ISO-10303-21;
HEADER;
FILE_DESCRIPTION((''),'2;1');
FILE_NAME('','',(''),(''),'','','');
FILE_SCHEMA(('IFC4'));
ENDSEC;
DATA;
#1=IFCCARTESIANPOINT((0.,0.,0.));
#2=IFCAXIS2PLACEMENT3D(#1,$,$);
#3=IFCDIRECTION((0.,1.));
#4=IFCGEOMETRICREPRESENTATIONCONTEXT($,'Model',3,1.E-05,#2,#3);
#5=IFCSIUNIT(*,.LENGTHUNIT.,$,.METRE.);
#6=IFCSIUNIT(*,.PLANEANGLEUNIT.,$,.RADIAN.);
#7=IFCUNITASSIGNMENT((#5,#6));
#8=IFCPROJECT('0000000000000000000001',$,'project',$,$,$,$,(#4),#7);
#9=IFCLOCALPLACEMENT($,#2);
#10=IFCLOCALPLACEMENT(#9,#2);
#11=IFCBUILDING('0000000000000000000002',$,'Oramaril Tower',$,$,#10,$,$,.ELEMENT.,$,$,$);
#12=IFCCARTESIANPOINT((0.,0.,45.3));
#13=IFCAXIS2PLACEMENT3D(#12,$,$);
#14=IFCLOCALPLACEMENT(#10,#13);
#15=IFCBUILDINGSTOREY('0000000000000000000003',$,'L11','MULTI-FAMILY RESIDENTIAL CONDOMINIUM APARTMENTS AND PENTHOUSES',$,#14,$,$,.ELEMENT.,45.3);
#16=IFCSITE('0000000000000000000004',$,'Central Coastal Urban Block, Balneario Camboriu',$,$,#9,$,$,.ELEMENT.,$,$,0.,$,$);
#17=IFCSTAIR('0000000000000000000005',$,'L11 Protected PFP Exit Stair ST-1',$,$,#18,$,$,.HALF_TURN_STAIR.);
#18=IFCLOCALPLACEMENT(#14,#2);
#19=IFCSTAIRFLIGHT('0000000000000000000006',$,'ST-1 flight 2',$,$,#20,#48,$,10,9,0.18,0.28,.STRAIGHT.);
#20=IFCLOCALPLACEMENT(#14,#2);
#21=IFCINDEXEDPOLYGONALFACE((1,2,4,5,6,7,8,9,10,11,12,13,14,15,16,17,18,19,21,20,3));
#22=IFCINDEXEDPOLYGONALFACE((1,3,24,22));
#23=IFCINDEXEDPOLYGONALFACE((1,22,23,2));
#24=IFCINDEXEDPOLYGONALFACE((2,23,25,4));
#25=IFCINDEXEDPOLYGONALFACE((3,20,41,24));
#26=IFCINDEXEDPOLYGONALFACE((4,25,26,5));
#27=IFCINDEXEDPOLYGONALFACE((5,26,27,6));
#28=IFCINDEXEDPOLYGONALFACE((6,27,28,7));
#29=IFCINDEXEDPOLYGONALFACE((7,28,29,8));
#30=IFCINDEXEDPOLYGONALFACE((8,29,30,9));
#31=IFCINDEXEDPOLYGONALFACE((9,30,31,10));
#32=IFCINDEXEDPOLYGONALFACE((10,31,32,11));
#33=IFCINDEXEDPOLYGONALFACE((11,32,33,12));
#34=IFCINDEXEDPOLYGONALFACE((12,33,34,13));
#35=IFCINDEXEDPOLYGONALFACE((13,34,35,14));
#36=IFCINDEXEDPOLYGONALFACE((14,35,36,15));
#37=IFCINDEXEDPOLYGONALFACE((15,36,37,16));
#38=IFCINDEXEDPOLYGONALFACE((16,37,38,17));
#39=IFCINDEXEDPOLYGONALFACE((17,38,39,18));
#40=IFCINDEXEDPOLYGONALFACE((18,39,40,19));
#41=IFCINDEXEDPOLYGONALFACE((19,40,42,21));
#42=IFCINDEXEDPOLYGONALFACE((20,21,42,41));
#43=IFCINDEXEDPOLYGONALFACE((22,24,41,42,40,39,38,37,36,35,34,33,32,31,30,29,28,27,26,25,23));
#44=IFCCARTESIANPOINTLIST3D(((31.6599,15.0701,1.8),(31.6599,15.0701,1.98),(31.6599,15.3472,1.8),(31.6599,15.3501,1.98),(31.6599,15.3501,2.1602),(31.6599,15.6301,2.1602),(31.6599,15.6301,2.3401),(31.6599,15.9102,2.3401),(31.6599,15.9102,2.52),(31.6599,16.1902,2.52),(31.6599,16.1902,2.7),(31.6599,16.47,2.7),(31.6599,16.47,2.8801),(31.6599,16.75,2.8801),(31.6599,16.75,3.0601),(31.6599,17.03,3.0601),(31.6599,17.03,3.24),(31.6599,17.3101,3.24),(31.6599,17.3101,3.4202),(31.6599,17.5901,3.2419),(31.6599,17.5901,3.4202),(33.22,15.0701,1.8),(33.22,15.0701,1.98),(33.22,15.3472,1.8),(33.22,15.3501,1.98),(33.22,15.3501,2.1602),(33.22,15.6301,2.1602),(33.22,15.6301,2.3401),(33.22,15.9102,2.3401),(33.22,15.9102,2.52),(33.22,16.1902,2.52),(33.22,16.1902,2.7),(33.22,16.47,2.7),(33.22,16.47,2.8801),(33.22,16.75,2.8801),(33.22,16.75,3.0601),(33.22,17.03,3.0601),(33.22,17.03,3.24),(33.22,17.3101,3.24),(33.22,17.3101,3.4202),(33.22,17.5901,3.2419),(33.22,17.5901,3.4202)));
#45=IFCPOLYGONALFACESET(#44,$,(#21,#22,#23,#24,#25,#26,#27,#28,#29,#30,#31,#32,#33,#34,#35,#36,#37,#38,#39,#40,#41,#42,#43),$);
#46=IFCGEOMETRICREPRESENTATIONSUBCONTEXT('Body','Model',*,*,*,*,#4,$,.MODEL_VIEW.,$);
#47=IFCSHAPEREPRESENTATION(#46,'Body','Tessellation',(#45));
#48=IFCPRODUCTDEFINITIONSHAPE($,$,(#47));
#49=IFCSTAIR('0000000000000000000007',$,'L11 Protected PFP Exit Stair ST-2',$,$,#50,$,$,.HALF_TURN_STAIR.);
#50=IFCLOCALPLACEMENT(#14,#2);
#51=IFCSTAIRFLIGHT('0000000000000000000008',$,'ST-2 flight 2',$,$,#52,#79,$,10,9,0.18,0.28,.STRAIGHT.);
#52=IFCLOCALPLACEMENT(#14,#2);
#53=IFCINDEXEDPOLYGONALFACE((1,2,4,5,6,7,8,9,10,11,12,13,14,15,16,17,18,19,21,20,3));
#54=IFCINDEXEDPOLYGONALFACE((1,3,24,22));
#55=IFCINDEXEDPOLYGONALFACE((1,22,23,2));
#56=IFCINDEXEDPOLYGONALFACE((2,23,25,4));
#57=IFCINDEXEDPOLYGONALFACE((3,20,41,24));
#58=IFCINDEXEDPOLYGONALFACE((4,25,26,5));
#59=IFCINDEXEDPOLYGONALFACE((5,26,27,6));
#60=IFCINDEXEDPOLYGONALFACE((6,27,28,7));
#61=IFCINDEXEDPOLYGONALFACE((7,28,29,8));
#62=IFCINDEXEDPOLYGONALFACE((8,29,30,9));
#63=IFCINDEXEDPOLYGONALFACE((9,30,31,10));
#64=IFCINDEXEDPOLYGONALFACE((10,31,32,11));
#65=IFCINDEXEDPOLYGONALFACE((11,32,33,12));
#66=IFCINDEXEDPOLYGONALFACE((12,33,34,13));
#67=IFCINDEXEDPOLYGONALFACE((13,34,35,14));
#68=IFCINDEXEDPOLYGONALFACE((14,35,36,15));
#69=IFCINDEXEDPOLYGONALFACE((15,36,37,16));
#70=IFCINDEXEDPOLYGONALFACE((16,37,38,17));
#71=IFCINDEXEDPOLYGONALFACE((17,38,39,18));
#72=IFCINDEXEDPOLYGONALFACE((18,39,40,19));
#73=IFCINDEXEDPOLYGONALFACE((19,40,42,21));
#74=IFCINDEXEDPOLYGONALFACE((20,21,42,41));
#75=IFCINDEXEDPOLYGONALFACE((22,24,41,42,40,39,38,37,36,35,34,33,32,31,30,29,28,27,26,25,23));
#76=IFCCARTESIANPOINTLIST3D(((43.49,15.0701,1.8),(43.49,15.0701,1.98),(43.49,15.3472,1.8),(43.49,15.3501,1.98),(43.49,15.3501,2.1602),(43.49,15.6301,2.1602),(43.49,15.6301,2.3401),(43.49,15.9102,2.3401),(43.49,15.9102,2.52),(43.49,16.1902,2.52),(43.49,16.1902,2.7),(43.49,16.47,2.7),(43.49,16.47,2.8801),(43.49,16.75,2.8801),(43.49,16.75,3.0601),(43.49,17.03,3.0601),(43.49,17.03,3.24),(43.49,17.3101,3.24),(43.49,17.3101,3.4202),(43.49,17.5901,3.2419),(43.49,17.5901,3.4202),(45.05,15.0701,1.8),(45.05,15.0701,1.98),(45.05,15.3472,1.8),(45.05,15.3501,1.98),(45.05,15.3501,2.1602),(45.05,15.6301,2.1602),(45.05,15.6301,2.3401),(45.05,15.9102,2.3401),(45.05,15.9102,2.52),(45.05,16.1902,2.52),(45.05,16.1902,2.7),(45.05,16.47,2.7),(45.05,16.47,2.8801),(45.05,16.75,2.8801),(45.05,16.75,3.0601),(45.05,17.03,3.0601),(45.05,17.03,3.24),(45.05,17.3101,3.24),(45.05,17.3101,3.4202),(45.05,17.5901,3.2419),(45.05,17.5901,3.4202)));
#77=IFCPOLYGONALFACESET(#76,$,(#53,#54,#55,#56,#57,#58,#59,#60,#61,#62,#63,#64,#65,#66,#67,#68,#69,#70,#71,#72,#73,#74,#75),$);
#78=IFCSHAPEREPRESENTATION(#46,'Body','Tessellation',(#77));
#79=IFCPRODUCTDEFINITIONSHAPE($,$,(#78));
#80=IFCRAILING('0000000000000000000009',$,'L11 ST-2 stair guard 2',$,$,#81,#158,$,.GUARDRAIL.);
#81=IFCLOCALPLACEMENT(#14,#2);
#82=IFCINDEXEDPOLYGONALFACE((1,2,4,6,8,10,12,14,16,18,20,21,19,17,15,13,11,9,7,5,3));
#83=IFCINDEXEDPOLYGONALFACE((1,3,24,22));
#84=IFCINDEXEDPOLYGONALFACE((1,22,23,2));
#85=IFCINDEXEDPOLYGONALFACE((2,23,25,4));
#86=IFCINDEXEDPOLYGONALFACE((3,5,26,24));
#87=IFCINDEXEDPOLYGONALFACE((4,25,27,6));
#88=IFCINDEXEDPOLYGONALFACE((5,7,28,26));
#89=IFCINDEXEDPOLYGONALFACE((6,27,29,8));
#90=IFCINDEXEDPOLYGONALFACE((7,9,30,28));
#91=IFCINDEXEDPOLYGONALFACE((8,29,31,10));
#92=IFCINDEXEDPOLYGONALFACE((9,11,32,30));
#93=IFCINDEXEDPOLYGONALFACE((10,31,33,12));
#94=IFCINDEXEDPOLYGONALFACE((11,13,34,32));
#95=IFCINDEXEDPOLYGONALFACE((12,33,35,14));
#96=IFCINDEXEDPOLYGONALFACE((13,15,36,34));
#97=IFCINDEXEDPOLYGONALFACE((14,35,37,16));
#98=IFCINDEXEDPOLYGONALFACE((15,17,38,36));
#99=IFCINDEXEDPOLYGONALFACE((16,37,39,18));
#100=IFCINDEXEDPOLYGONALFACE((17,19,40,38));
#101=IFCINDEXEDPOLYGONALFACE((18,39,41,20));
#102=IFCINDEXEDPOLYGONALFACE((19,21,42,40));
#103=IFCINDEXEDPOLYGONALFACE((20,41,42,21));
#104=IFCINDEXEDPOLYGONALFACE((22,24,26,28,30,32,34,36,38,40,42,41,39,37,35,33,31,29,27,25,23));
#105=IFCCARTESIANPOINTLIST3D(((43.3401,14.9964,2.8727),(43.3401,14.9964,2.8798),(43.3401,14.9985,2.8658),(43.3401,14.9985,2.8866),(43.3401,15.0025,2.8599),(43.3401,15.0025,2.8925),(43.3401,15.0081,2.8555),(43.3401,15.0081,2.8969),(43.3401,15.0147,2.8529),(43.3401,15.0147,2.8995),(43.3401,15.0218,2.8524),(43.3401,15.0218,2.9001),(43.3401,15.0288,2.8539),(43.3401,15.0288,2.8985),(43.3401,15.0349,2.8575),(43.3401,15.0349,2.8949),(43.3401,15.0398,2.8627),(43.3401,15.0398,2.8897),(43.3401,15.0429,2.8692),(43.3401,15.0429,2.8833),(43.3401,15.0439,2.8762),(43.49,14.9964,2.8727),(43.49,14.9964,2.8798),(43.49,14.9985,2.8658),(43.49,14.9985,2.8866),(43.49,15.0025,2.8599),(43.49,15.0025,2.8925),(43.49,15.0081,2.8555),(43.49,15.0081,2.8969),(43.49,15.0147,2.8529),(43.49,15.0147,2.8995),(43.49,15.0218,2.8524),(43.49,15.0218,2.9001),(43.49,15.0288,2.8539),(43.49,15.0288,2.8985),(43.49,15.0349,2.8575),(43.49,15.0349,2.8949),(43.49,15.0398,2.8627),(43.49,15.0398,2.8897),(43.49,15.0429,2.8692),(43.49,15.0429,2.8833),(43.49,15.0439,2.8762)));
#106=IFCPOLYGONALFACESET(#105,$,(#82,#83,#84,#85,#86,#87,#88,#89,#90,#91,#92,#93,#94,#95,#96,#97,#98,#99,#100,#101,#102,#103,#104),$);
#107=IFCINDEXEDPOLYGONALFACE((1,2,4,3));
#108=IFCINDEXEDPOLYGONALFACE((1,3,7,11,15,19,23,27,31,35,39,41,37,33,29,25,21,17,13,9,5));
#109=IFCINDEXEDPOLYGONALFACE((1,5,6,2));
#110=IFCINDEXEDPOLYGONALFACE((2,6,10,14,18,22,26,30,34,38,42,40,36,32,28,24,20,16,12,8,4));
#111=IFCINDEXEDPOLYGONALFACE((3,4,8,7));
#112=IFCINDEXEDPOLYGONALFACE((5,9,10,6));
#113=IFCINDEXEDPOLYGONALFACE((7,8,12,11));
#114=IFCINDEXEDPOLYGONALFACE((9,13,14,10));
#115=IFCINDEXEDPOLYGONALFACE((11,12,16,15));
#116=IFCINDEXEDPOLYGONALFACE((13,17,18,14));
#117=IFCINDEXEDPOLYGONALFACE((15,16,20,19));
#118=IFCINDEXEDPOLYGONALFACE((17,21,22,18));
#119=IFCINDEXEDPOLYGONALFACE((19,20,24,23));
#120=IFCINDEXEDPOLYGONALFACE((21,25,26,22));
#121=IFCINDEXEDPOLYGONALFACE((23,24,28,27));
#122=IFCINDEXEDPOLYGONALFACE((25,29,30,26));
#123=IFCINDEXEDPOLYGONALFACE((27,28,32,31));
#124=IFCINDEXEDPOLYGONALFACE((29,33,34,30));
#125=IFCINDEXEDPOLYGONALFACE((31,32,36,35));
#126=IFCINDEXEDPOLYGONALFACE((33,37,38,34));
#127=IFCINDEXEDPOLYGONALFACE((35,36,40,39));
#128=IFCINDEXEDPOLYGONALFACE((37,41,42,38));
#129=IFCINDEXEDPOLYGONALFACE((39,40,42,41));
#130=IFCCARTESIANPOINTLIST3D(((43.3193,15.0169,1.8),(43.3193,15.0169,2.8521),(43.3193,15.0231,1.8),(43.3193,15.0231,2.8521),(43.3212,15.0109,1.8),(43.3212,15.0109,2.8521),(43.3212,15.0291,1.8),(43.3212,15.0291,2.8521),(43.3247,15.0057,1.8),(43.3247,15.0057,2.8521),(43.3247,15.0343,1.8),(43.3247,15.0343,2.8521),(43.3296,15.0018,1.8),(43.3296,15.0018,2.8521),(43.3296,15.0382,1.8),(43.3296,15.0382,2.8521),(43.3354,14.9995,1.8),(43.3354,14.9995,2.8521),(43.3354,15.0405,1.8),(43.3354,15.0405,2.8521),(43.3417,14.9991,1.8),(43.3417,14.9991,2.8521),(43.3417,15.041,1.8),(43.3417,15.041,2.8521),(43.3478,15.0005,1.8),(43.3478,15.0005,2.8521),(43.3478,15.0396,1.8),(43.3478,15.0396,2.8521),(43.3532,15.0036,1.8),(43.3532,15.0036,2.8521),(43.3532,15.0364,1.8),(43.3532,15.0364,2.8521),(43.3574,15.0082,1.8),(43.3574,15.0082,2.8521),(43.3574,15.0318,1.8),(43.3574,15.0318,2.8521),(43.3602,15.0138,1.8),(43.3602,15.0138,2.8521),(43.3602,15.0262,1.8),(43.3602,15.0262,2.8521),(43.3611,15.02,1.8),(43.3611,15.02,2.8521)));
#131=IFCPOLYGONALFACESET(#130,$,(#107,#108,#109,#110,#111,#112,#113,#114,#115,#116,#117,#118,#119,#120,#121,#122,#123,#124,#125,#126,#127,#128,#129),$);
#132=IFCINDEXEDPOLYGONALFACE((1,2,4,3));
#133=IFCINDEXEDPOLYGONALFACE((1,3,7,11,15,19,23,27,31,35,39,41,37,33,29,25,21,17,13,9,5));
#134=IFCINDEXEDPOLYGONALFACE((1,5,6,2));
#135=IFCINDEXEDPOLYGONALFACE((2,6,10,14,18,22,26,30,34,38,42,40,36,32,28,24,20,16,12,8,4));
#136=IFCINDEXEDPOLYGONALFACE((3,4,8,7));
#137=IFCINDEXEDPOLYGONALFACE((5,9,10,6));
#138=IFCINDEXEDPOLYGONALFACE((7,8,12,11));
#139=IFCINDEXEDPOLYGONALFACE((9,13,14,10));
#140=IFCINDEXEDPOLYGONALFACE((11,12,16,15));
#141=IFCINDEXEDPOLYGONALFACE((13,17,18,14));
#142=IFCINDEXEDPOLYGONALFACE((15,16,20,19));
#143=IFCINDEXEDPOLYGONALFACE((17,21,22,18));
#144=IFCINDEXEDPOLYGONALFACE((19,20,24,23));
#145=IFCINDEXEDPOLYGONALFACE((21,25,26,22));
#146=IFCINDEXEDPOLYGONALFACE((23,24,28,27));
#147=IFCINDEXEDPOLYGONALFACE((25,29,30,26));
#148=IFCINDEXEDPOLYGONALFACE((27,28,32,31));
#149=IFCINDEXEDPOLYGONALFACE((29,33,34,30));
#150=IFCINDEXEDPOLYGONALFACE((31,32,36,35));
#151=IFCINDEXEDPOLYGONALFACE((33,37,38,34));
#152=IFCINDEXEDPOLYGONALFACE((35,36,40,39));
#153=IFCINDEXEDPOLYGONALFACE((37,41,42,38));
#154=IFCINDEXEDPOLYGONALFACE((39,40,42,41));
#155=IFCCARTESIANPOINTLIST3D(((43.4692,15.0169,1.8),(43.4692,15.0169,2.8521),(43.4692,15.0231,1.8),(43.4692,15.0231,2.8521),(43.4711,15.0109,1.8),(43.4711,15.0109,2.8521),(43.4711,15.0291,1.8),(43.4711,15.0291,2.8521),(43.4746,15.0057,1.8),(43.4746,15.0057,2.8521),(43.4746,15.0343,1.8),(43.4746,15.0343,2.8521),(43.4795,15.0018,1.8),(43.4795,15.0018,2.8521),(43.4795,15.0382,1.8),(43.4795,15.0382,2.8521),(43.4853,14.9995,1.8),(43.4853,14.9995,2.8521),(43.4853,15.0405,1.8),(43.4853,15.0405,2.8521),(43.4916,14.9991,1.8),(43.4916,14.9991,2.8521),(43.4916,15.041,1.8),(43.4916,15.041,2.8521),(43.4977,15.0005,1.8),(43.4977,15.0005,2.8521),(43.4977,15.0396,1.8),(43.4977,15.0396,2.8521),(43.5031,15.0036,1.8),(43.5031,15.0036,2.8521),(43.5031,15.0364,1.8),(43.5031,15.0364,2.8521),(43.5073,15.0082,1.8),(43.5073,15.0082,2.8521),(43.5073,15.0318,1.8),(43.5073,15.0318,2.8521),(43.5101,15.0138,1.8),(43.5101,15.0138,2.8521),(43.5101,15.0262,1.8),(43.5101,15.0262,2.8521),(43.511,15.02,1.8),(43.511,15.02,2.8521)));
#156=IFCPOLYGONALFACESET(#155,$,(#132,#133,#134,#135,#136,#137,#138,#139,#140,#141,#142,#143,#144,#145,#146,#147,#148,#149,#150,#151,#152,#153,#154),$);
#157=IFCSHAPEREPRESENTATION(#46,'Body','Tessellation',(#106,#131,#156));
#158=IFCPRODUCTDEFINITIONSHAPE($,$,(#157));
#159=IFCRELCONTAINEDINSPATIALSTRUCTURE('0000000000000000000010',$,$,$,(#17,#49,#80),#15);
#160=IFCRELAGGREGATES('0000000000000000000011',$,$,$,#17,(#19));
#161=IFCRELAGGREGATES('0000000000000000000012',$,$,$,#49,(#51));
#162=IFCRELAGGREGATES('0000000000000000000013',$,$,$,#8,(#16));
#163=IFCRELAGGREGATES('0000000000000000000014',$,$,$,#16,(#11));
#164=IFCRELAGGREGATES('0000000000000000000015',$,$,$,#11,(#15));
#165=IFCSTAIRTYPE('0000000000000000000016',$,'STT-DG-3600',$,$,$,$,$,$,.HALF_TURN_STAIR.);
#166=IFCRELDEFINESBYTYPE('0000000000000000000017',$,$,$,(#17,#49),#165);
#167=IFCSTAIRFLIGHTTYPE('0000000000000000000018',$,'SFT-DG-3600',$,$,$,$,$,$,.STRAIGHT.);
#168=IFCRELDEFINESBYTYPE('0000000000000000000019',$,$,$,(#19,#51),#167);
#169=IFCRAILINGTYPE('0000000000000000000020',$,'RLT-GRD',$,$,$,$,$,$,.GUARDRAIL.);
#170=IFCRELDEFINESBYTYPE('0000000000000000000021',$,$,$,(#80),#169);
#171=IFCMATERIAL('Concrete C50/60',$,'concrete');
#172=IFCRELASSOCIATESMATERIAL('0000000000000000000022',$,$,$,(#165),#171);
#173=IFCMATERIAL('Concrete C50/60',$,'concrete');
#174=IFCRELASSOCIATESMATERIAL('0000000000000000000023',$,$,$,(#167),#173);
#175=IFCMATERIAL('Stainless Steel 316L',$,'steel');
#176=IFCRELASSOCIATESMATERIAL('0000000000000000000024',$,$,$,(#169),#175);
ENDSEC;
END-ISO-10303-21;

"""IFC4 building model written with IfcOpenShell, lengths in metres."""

from ifc_helpers import new_model, si_unit, direction, frame, origin, origin_2d, place, context, subcontext, project, spatial, polyline, circle, outline, extrude, material, type_object, element, aggregate, save


model = new_model("IFC4")

# Units and contexts
model_context = context("Model", 3, precision=1e-05, world=origin(), true_north=direction((0.0, 1.0)))
body_context = subcontext(model_context, "Body", "Model", "MODEL_VIEW")
ifc_project = project(units=[si_unit("LENGTHUNIT", "METRE"), si_unit("PLANEANGLEUNIT", "RADIAN")], contexts=[model_context])

# Site, building, storey
site_placement = place(None, origin())
site = spatial("IfcSite", under=ifc_project, at=site_placement, Name="Central Coastal Urban Block, Balneario Camboriu", CompositionType="ELEMENT", RefElevation=0.0)
building_placement = place(site_placement, origin())
building = spatial("IfcBuilding", under=site, at=building_placement, Name="Oramaril Tower", CompositionType="ELEMENT")
storey_placement = place(building_placement, frame((0.0, 0.0, 45.3)))
storey = spatial("IfcBuildingStorey", under=building, at=storey_placement, Name="L11", Description="MULTI-FAMILY RESIDENTIAL CONDOMINIUM APARTMENTS AND PENTHOUSES", CompositionType="ELEMENT", Elevation=45.3)

# Stairs, stair flights
ifc_material_1 = material(Name="Concrete C50/60", Category="concrete")
stair_type = type_object("IfcStairType", Name="STT-DG-3600", PredefinedType="HALF_TURN_STAIR", material=ifc_material_1)
stair_1_placement = place(storey_placement, origin())
stair_1 = element("IfcStair", 1, at=stair_1_placement, inside=storey, type_object=stair_type, Name="L11 Protected PFP Exit Stair ST-1", PredefinedType="HALF_TURN_STAIR")
ifc_material_2 = material(Name="Concrete C50/60", Category="concrete")
stair_flight_type = type_object("IfcStairFlightType", Name="SFT-DG-3600", PredefinedType="STRAIGHT", material=ifc_material_2)
stair_flight_1_placement = place(storey_placement, frame((32.4399, 15.0701, 1.8), z_axis=(0.0, 0.0, 1.0), x_axis=(0.0, 1.0, 0.0)))
stair_flight_1 = element("IfcStairFlight", 2, at=stair_flight_1_placement, type_object=stair_flight_type, Name="ST-1 flight 2", NumberOfRisers=10, NumberOfTreads=9, PredefinedType="STRAIGHT", RiserHeight=0.18, TreadLength=0.28, context=body_context, shape_type="SweptSolid", body=[
    extrude(outline(polyline([(0.0, 0.0), (0.0, 0.1799), (0.28, 0.1799), (0.28, 0.3601), (0.5601, 0.3601), (0.5601, 0.54), (0.8401, 0.54), (0.8401, 0.72), (1.1201, 0.72), (1.1201, 0.8999), (1.3999, 0.8999), (1.3999, 1.0801), (1.6799, 1.0801), (1.6799, 1.26), (1.96, 1.26), (1.96, 1.4399), (2.24, 1.4399), (2.24, 1.6201), (2.52, 1.6201), (2.52, 1.8), (2.52, 1.4419), (0.2771, 0.0), (0.0, 0.0)])), frame((0.0, 0.78, 0.0), z_axis=(0.0, -1.0, 0.0), x_axis=(1.0, 0.0, 0.0)), (0.0, 0.0, 1.0), 1.5601),
])
aggregate(stair_1, [stair_flight_1])
stair_2_placement = place(storey_placement, origin())
stair_2 = element("IfcStair", 3, at=stair_2_placement, inside=storey, type_object=stair_type, Name="L11 Protected PFP Exit Stair ST-2", PredefinedType="HALF_TURN_STAIR")
stair_flight_2_placement = place(storey_placement, frame((44.27, 15.0701, 1.8), z_axis=(0.0, 0.0, 1.0), x_axis=(0.0, 1.0, 0.0)))
stair_flight_2 = element("IfcStairFlight", 4, at=stair_flight_2_placement, type_object=stair_flight_type, Name="ST-2 flight 2", NumberOfRisers=10, NumberOfTreads=9, PredefinedType="STRAIGHT", RiserHeight=0.18, TreadLength=0.28, context=body_context, shape_type="SweptSolid", body=[
    extrude(outline(polyline([(0.0, 0.0), (0.0, 0.1799), (0.28, 0.1799), (0.28, 0.3601), (0.5601, 0.3601), (0.5601, 0.54), (0.8401, 0.54), (0.8401, 0.72), (1.1201, 0.72), (1.1201, 0.8999), (1.3999, 0.8999), (1.3999, 1.0801), (1.6799, 1.0801), (1.6799, 1.26), (1.96, 1.26), (1.96, 1.4399), (2.24, 1.4399), (2.24, 1.6201), (2.52, 1.6201), (2.52, 1.8), (2.52, 1.4419), (0.2771, 0.0), (0.0, 0.0)])), frame((0.0, 0.78, 0.0), z_axis=(0.0, -1.0, 0.0), x_axis=(1.0, 0.0, 0.0)), (0.0, 0.0, 1.0), 1.5601),
])
aggregate(stair_2, [stair_flight_2])

# Railing
ifc_material_3 = material(Name="Stainless Steel 316L", Category="steel")
railing_type_1 = type_object("IfcRailingType", Name="RLT-GRD", PredefinedType="GUARDRAIL", material=ifc_material_3)
railing_1_placement = place(storey_placement, frame((43.3401, 15.02, 1.8)))
element("IfcRailing", 5, at=railing_1_placement, inside=storey, type_object=railing_type_1, Name="L11 ST-2 stair guard 2", PredefinedType="GUARDRAIL", context=body_context, shape_type="SweptSolid", body=[
    extrude(circle(Radius=0.0239, at=origin_2d()), frame((0.0, 0.0, 1.0762), z_axis=(1.0, 0.0, 0.0), x_axis=(0.0, 1.0, 0.0)), (0.0, 0.0, 1.0), 0.1499),
    extrude(circle(Radius=0.021, at=origin_2d()), origin(), (0.0, 0.0, 1.0), 1.052),
    extrude(circle(Radius=0.021, at=origin_2d()), frame((0.1499, 0.0, 0.0)), (0.0, 0.0, 1.0), 1.052),
])

save(model, "model.ifc")
